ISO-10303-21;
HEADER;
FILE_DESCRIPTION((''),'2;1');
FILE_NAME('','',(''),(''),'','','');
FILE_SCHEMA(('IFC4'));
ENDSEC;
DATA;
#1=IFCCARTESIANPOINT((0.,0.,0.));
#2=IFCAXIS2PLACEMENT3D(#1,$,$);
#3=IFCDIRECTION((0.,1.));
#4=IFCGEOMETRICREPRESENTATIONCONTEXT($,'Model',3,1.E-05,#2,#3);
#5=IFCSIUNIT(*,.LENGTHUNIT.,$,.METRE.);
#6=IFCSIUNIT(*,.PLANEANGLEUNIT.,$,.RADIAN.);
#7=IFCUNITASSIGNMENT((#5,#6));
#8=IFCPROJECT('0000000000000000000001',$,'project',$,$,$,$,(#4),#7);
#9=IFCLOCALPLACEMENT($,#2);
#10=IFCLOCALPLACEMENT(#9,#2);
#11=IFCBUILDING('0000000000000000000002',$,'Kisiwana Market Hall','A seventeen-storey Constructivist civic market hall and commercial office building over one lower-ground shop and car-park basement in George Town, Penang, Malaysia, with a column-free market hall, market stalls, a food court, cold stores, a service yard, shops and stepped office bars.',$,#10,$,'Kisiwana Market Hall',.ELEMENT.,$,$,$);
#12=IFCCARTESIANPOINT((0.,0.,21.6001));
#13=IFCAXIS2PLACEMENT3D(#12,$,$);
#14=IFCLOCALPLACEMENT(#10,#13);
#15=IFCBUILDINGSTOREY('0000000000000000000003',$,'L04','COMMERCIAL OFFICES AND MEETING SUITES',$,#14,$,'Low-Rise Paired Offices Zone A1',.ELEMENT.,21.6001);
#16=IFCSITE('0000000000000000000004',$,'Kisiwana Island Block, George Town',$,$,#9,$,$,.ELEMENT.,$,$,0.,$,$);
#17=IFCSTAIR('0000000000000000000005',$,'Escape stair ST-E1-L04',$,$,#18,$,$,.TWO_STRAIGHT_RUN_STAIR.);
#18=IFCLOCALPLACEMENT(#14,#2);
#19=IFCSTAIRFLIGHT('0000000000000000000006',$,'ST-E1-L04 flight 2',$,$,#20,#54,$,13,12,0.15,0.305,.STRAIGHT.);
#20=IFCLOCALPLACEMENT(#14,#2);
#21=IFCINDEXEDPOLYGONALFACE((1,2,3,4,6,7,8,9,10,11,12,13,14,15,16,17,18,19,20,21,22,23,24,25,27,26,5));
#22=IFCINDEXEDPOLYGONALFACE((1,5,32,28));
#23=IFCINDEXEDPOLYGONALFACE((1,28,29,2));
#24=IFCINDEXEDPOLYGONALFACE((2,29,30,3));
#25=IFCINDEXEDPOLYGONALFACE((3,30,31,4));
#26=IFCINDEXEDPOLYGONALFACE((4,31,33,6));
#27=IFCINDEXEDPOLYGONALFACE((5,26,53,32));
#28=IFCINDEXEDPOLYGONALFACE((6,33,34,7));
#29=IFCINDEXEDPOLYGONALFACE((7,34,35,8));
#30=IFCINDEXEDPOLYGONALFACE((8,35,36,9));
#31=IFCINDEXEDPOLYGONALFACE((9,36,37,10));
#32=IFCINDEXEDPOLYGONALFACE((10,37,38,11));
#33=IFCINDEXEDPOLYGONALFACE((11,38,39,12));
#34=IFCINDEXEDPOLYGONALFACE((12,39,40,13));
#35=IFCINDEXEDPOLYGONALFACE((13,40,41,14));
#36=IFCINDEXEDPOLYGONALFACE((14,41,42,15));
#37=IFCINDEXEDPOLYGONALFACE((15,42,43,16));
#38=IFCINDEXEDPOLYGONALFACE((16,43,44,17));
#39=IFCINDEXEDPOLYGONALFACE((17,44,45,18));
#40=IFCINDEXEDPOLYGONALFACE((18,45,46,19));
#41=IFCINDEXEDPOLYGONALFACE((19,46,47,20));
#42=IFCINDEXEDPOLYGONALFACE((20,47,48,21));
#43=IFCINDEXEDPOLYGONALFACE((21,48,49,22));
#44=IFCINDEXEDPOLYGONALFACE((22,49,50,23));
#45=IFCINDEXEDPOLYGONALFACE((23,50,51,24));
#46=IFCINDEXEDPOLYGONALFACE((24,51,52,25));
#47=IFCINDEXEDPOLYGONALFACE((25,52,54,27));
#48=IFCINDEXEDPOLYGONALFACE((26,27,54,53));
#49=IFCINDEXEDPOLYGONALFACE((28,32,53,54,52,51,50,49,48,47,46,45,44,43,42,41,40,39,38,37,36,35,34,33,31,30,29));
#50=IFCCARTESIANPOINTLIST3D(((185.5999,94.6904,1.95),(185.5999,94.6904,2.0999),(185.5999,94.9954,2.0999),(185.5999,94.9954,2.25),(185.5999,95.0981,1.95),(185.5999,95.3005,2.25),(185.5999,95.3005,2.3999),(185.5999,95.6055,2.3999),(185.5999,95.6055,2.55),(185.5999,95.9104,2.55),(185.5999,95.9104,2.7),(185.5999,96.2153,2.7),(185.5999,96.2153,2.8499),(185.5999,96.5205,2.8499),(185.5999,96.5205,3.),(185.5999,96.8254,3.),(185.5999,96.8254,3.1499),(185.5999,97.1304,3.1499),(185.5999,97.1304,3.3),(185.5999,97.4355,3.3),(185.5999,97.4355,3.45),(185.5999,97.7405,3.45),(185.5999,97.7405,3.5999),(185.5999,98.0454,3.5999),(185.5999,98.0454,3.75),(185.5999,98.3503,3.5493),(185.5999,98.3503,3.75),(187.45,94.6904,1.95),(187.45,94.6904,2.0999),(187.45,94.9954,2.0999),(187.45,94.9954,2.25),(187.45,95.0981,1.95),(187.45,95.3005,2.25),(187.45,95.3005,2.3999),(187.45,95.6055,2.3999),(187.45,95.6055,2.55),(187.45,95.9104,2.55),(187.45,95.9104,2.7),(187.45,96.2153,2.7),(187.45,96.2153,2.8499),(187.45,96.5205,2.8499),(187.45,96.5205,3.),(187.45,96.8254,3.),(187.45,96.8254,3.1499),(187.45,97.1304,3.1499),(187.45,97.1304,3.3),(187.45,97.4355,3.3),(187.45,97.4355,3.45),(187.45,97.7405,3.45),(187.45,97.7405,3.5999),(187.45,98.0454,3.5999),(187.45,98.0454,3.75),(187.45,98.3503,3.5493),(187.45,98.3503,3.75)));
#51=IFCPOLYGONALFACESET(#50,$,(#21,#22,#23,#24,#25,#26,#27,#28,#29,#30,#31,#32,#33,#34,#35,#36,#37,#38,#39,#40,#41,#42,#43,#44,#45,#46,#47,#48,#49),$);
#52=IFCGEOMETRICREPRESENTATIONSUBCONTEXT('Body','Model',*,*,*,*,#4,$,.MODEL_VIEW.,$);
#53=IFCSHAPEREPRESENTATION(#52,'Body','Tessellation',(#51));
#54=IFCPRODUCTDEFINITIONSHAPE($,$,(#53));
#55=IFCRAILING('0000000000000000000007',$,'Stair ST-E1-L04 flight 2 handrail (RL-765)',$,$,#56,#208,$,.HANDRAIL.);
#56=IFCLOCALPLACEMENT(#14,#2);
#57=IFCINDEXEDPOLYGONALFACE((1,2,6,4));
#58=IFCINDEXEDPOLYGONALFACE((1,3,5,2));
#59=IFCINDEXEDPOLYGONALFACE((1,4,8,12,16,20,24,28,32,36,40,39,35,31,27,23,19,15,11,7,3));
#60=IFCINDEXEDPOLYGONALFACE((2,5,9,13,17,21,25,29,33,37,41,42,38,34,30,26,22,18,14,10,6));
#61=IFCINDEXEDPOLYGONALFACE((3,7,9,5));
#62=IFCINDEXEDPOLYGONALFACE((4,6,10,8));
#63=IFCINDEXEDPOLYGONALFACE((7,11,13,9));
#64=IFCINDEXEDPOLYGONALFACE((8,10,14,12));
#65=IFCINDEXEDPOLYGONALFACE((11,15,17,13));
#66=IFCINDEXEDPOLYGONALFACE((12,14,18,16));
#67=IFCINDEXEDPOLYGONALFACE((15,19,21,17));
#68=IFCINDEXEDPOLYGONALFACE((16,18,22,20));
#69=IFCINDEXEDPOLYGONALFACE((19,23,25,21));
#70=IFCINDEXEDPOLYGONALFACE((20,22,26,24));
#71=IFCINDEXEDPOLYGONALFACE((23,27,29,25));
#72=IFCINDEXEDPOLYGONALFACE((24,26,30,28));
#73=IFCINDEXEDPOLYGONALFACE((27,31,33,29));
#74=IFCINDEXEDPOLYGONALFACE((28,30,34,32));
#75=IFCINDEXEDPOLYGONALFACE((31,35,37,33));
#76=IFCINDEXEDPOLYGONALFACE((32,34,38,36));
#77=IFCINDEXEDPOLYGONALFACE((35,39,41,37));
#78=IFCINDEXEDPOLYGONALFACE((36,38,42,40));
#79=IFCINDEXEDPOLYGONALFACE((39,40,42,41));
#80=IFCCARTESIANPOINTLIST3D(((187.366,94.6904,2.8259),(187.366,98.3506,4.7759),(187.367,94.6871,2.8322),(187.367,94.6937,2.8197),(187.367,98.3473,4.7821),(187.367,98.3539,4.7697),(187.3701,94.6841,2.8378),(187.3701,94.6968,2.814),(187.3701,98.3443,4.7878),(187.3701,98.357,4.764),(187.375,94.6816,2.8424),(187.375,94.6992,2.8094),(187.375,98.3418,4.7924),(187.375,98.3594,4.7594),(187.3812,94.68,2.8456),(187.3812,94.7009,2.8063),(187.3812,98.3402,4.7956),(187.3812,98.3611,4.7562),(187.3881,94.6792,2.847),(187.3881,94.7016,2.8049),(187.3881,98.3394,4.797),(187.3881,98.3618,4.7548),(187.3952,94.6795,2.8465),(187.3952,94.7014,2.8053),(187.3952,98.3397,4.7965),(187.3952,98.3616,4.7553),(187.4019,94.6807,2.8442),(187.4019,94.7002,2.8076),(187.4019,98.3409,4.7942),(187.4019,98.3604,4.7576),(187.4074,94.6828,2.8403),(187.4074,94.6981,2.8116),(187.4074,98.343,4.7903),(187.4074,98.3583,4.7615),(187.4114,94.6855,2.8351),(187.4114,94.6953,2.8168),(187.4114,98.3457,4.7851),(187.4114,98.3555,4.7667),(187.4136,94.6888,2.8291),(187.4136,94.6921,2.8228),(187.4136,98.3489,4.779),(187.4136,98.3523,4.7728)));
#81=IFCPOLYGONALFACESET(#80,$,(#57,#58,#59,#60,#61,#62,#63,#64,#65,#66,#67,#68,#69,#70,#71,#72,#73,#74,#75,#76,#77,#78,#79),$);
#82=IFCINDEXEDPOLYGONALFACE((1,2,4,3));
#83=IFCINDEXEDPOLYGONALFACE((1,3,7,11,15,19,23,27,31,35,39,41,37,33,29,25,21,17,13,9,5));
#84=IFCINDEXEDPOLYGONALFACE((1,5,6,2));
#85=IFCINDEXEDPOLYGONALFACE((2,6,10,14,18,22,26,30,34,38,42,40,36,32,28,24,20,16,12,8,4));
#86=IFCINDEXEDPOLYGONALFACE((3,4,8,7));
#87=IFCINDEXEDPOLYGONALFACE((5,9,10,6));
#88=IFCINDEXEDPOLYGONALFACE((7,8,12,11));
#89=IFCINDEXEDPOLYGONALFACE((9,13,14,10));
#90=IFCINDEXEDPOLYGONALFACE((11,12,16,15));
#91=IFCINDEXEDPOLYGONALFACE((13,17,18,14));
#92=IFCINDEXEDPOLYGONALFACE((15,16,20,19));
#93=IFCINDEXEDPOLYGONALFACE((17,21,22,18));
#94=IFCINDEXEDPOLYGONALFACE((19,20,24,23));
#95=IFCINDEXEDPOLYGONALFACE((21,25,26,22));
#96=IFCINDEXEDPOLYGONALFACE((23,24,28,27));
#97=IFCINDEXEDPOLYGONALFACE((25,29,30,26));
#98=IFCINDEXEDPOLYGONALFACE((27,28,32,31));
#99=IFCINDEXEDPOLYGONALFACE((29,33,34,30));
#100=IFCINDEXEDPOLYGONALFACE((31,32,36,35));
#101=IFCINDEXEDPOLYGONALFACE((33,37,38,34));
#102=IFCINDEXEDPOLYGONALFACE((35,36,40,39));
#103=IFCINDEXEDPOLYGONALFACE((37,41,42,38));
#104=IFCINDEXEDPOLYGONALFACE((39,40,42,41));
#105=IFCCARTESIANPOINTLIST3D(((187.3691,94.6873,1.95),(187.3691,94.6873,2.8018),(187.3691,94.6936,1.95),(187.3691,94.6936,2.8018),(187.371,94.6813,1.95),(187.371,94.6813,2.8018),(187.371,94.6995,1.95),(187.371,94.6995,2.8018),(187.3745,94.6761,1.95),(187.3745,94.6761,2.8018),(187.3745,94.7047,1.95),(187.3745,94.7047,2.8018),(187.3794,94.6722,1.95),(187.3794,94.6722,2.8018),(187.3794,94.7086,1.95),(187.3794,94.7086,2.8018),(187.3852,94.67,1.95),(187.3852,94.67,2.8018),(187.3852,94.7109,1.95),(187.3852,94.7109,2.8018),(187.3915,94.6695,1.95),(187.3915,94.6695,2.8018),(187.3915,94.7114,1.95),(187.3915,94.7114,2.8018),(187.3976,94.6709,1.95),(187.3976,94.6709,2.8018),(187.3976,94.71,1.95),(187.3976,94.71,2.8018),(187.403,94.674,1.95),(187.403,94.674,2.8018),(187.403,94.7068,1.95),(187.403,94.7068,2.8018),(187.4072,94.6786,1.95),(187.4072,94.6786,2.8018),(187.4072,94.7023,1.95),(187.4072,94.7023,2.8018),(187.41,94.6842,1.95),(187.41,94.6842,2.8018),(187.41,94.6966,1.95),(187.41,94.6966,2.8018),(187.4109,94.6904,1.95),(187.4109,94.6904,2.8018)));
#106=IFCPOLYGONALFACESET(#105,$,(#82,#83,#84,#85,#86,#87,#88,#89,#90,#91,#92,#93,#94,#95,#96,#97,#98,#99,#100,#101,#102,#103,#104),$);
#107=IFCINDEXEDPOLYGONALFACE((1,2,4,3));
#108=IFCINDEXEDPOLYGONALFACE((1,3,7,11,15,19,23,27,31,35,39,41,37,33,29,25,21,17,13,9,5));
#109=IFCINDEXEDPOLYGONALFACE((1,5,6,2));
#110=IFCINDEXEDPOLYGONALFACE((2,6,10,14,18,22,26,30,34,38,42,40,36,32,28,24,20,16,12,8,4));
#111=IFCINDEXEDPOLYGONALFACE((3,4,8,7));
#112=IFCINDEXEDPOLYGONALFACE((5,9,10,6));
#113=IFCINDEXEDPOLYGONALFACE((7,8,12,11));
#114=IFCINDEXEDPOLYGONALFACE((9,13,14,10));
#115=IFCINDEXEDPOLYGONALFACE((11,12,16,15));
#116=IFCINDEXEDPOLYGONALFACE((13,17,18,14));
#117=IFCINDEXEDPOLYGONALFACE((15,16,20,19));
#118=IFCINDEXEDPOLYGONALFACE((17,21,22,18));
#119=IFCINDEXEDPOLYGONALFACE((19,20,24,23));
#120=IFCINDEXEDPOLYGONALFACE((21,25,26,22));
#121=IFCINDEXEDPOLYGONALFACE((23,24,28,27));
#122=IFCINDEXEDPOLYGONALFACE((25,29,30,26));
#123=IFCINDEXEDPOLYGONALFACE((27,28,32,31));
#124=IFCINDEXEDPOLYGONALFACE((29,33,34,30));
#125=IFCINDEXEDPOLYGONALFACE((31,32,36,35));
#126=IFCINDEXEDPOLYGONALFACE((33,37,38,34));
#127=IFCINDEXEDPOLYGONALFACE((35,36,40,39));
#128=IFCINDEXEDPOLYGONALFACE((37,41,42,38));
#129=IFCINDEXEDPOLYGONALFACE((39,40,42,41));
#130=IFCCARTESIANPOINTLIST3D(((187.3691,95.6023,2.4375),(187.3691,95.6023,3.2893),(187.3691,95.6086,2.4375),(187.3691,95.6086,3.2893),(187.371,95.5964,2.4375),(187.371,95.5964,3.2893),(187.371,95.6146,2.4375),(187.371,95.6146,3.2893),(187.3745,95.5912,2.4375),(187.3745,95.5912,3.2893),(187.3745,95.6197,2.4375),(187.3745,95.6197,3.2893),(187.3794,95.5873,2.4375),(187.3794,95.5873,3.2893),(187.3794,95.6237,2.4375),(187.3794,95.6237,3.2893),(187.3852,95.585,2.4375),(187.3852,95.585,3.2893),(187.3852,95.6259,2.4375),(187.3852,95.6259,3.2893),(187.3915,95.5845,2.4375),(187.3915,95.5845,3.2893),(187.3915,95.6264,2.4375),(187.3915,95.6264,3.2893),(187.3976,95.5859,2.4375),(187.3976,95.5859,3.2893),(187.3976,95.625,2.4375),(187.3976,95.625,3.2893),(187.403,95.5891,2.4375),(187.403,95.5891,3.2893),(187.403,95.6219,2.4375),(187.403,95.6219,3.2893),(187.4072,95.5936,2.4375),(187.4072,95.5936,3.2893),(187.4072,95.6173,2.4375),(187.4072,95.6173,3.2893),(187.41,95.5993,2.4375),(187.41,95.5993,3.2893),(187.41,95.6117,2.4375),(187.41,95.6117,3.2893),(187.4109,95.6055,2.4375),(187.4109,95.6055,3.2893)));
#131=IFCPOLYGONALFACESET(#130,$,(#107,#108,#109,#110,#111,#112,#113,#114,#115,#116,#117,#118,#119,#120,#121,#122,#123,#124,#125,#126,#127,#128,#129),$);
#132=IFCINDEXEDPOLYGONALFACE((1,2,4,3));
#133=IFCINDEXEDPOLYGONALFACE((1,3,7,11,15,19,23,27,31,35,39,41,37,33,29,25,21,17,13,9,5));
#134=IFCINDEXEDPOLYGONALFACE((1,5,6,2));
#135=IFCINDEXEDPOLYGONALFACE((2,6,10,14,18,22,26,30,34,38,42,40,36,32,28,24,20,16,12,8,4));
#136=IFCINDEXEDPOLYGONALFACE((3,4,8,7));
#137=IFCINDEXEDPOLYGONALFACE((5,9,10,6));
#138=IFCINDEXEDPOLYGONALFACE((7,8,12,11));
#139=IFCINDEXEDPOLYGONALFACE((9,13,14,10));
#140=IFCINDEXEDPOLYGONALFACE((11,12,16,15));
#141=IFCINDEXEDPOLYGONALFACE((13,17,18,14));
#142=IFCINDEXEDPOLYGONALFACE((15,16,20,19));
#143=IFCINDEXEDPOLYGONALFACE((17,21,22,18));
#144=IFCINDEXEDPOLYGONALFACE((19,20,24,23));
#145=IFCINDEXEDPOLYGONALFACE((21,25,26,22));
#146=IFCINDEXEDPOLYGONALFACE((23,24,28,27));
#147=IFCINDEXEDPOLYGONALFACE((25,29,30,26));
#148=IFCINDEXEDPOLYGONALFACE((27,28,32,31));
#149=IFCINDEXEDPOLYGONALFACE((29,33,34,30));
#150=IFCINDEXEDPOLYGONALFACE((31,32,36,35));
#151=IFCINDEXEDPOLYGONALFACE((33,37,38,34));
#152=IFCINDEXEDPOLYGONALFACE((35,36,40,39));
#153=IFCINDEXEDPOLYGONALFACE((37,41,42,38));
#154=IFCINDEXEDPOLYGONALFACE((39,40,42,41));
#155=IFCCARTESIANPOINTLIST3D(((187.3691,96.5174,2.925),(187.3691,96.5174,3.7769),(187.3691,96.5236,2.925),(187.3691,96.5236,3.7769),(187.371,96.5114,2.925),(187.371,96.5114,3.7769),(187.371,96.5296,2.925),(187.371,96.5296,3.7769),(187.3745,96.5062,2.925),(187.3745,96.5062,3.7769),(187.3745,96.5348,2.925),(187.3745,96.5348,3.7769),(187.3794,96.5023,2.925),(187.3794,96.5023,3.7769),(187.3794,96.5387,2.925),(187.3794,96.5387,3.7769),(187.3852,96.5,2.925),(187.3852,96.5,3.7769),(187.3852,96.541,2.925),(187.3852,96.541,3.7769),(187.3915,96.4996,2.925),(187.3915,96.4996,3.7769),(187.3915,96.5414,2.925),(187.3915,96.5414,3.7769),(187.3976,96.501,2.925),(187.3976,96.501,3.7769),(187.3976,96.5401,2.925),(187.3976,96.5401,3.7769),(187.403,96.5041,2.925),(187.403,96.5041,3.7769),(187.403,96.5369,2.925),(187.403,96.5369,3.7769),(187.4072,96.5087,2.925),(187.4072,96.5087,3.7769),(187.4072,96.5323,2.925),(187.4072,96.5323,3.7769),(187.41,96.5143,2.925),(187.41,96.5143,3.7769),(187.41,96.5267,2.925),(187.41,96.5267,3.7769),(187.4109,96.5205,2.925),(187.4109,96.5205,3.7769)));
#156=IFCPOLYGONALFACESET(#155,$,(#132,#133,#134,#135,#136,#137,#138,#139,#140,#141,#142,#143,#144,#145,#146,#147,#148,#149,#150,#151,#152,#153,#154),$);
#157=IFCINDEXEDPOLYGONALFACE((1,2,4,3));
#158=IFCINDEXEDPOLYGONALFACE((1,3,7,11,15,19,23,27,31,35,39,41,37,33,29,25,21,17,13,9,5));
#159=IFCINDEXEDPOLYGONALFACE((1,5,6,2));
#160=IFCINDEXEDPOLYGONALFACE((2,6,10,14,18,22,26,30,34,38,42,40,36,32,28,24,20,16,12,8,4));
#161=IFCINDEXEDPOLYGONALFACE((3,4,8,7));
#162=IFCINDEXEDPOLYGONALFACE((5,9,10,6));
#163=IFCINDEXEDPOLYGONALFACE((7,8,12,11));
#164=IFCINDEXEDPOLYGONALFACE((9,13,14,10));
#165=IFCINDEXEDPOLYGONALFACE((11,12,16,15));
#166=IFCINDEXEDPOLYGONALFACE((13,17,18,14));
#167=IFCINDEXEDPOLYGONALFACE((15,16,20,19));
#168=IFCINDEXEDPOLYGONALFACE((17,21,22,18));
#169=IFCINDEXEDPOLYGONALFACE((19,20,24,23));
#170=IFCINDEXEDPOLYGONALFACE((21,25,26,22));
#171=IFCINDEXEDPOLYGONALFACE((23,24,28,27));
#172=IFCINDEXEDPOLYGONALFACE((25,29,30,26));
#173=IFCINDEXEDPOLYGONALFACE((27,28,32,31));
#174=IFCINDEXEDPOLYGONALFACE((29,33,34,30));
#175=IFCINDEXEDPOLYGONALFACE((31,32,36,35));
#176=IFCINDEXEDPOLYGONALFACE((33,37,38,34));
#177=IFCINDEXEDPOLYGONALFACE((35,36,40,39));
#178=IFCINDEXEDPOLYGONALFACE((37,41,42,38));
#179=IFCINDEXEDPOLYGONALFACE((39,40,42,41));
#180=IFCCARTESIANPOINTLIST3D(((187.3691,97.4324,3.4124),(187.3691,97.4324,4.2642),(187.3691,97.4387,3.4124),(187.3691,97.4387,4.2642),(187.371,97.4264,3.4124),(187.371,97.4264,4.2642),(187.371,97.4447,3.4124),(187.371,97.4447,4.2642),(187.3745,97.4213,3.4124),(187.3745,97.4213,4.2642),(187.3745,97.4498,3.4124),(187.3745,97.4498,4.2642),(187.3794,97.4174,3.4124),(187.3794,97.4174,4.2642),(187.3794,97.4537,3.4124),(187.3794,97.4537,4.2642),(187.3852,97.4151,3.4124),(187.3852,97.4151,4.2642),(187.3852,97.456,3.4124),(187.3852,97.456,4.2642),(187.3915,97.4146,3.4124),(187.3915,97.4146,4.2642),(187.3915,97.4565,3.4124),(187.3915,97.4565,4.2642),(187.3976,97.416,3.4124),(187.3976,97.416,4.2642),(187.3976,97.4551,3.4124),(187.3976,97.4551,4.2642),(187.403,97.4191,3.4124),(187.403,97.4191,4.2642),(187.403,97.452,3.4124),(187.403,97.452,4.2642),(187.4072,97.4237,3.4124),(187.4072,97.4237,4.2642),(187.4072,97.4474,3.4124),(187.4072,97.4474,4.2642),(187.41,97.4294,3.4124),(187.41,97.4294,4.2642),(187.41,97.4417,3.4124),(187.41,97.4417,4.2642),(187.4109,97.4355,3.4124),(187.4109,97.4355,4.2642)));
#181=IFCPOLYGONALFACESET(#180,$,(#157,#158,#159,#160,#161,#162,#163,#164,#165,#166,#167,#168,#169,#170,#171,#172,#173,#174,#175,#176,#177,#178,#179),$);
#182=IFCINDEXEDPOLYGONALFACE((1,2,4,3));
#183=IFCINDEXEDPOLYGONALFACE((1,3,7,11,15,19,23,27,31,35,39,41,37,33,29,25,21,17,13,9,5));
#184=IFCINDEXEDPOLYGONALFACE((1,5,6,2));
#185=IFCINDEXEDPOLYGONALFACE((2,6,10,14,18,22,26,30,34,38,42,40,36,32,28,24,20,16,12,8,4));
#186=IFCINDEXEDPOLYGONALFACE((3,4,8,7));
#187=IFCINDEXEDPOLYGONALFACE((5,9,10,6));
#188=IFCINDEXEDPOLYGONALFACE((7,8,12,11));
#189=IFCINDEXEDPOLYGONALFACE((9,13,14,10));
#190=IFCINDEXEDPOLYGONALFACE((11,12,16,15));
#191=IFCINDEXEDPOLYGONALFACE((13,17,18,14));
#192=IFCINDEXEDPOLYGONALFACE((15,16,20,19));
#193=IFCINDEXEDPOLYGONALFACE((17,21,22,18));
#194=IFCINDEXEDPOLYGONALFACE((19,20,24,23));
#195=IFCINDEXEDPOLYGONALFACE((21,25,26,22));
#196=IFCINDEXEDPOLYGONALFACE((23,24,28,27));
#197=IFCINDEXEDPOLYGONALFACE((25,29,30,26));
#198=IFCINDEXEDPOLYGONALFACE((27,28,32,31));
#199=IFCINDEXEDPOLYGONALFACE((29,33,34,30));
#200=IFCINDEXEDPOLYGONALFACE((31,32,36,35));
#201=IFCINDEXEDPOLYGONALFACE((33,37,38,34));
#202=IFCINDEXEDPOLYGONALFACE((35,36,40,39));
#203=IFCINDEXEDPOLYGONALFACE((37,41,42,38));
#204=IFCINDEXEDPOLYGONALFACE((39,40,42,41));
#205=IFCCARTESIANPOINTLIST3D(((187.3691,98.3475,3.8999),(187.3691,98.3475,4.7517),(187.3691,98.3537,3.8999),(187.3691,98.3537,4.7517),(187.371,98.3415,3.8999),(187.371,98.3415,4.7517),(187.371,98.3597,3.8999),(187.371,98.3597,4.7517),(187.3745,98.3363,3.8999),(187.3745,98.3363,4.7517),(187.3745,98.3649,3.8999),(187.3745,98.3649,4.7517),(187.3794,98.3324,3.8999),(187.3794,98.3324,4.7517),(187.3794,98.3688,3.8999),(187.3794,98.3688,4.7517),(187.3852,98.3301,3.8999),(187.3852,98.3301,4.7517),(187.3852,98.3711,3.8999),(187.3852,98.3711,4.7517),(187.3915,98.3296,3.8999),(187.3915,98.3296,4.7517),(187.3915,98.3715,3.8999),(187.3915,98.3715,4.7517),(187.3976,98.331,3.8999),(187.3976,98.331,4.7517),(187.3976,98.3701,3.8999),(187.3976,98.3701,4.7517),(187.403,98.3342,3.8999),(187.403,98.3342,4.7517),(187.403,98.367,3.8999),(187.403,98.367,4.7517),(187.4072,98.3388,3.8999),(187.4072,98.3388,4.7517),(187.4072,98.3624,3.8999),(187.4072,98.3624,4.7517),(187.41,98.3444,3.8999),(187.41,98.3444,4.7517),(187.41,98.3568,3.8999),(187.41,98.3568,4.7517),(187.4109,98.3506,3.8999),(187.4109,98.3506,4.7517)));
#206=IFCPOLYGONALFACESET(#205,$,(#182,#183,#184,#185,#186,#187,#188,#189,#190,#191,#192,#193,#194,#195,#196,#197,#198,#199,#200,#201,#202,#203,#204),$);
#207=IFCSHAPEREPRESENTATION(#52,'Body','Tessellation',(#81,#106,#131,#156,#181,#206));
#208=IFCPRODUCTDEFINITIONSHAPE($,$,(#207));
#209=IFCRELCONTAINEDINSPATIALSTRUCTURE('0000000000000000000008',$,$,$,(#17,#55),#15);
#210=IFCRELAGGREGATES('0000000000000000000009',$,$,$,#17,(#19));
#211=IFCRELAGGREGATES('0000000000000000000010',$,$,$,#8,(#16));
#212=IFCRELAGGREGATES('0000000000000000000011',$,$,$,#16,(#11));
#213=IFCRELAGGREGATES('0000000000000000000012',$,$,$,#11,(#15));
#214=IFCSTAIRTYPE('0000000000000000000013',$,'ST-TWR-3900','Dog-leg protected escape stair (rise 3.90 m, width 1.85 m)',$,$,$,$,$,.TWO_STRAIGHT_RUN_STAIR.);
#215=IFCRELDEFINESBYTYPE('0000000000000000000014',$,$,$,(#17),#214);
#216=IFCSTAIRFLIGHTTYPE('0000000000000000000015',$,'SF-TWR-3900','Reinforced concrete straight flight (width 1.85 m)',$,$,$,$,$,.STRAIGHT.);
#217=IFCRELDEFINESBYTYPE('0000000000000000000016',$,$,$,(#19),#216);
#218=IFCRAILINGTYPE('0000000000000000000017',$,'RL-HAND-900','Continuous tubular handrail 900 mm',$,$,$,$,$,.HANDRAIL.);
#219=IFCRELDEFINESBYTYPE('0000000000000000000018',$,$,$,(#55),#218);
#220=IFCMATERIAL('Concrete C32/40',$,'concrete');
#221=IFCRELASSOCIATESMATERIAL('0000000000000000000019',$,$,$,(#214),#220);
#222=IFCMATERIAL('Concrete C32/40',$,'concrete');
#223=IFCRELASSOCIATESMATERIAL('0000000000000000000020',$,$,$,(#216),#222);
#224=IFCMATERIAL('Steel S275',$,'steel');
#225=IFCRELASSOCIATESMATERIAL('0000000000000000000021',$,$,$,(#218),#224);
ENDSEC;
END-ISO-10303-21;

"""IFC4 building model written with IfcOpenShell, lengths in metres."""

from ifc_helpers import new_model, si_unit, direction, frame, origin, origin_2d, place, context, subcontext, project, spatial, polyline, circle, outline, extrude, material, type_object, element, aggregate, save


model = new_model("IFC4")

# Units and contexts
model_context = context("Model", 3, precision=1e-05, world=origin(), true_north=direction((0.0, 1.0)))
body_context = subcontext(model_context, "Body", "Model", "MODEL_VIEW")
ifc_project = project(units=[si_unit("LENGTHUNIT", "METRE"), si_unit("PLANEANGLEUNIT", "RADIAN")], contexts=[model_context])

# Site, building, storey
site_placement = place(None, origin())
site = spatial("IfcSite", under=ifc_project, at=site_placement, Name="Kisiwana Island Block, George Town", CompositionType="ELEMENT", RefElevation=0.0)
building_placement = place(site_placement, origin())
building = spatial("IfcBuilding", under=site, at=building_placement, Name="Kisiwana Market Hall", Description="A seventeen-storey Constructivist civic market hall and commercial office building over one lower-ground shop and car-park basement in George Town, Penang, Malaysia, with a column-free market hall, market stalls, a food court, cold stores, a service yard, shops and stepped office bars.", LongName="Kisiwana Market Hall", CompositionType="ELEMENT")
storey_placement = place(building_placement, frame((0.0, 0.0, 21.6001)))
storey = spatial("IfcBuildingStorey", under=building, at=storey_placement, Name="L04", Description="COMMERCIAL OFFICES AND MEETING SUITES", LongName="Low-Rise Paired Offices Zone A1", CompositionType="ELEMENT", Elevation=21.6001)

# Stair, stair flight
ifc_material_1 = material(Name="Concrete C32/40", Category="concrete")
stair_type = type_object("IfcStairType", Name="ST-TWR-3900", Description="Dog-leg protected escape stair (rise 3.90 m, width 1.85 m)", PredefinedType="TWO_STRAIGHT_RUN_STAIR", material=ifc_material_1)
stair_placement = place(storey_placement, origin())
stair = element("IfcStair", 1, at=stair_placement, inside=storey, type_object=stair_type, Name="Escape stair ST-E1-L04", PredefinedType="TWO_STRAIGHT_RUN_STAIR")
ifc_material_2 = material(Name="Concrete C32/40", Category="concrete")
stair_flight_type = type_object("IfcStairFlightType", Name="SF-TWR-3900", Description="Reinforced concrete straight flight (width 1.85 m)", PredefinedType="STRAIGHT", material=ifc_material_2)
stair_flight_placement = place(storey_placement, frame((186.5249, 94.6904, 1.95), z_axis=(0.0, 0.0, 1.0), x_axis=(0.0, 1.0, 0.0)))
stair_flight = element("IfcStairFlight", 2, at=stair_flight_placement, type_object=stair_flight_type, Name="ST-E1-L04 flight 2", NumberOfRisers=13, NumberOfTreads=12, PredefinedType="STRAIGHT", RiserHeight=0.15, TreadLength=0.305, context=body_context, shape_type="SweptSolid", body=[
    extrude(outline(polyline([(0.0, 0.0), (0.0, 0.1499), (0.3049, 0.1499), (0.3049, 0.3), (0.6101, 0.3), (0.6101, 0.45), (0.915, 0.45), (0.915, 0.6001), (1.22, 0.6001), (1.22, 0.75), (1.5249, 0.75), (1.5249, 0.8999), (1.8301, 0.8999), (1.8301, 1.05), (2.135, 1.05), (2.135, 1.2), (2.4399, 1.2), (2.4399, 1.3501), (2.7451, 1.3501), (2.7451, 1.5), (3.05, 1.5), (3.05, 1.6499), (3.355, 1.6499), (3.355, 1.8), (3.6599, 1.8), (3.6599, 1.95), (3.6599, 1.5994), (0.4077, 0.0), (0.0, 0.0)])), frame((0.0, 0.925, 0.0), z_axis=(0.0, -1.0, 0.0), x_axis=(1.0, 0.0, 0.0)), (0.0, 0.0, 1.0), 1.8501),
])
aggregate(stair, [stair_flight])

# Railing
ifc_material_3 = material(Name="Steel S275", Category="steel")
railing_type = type_object("IfcRailingType", Name="RL-HAND-900", Description="Continuous tubular handrail 900 mm", PredefinedType="HANDRAIL", material=ifc_material_3)
railing_placement = place(storey_placement, frame((187.3899, 94.6904, 1.95)))
element("IfcRailing", 3, at=railing_placement, inside=storey, type_object=railing_type, Name="Stair ST-E1-L04 flight 2 handrail (RL-765)", PredefinedType="HANDRAIL", context=body_context, shape_type="SweptSolid", body=[
    extrude(circle(Radius=0.0239, at=origin_2d()), frame((0.0, 0.0, 0.876), z_axis=(0.0, 0.882566, 0.470188), x_axis=(-1.0, 0.0, 0.0)), (0.0, 0.0, 1.0), 4.1472),
    extrude(circle(Radius=0.021, at=origin_2d()), origin(), (0.0, 0.0, 1.0), 0.8518),
    extrude(circle(Radius=0.021, at=origin_2d()), frame((0.0, 0.915, 0.4875)), (0.0, 0.0, 1.0), 0.8518),
    extrude(circle(Radius=0.021, at=origin_2d()), frame((0.0, 1.8301, 0.9751)), (0.0, 0.0, 1.0), 0.8518),
    extrude(circle(Radius=0.021, at=origin_2d()), frame((0.0, 2.7451, 1.4624)), (0.0, 0.0, 1.0), 0.8518),
    extrude(circle(Radius=0.021, at=origin_2d()), frame((0.0, 3.6602, 1.95)), (0.0, 0.0, 1.0), 0.8518),
])

save(model, "model.ifc")
